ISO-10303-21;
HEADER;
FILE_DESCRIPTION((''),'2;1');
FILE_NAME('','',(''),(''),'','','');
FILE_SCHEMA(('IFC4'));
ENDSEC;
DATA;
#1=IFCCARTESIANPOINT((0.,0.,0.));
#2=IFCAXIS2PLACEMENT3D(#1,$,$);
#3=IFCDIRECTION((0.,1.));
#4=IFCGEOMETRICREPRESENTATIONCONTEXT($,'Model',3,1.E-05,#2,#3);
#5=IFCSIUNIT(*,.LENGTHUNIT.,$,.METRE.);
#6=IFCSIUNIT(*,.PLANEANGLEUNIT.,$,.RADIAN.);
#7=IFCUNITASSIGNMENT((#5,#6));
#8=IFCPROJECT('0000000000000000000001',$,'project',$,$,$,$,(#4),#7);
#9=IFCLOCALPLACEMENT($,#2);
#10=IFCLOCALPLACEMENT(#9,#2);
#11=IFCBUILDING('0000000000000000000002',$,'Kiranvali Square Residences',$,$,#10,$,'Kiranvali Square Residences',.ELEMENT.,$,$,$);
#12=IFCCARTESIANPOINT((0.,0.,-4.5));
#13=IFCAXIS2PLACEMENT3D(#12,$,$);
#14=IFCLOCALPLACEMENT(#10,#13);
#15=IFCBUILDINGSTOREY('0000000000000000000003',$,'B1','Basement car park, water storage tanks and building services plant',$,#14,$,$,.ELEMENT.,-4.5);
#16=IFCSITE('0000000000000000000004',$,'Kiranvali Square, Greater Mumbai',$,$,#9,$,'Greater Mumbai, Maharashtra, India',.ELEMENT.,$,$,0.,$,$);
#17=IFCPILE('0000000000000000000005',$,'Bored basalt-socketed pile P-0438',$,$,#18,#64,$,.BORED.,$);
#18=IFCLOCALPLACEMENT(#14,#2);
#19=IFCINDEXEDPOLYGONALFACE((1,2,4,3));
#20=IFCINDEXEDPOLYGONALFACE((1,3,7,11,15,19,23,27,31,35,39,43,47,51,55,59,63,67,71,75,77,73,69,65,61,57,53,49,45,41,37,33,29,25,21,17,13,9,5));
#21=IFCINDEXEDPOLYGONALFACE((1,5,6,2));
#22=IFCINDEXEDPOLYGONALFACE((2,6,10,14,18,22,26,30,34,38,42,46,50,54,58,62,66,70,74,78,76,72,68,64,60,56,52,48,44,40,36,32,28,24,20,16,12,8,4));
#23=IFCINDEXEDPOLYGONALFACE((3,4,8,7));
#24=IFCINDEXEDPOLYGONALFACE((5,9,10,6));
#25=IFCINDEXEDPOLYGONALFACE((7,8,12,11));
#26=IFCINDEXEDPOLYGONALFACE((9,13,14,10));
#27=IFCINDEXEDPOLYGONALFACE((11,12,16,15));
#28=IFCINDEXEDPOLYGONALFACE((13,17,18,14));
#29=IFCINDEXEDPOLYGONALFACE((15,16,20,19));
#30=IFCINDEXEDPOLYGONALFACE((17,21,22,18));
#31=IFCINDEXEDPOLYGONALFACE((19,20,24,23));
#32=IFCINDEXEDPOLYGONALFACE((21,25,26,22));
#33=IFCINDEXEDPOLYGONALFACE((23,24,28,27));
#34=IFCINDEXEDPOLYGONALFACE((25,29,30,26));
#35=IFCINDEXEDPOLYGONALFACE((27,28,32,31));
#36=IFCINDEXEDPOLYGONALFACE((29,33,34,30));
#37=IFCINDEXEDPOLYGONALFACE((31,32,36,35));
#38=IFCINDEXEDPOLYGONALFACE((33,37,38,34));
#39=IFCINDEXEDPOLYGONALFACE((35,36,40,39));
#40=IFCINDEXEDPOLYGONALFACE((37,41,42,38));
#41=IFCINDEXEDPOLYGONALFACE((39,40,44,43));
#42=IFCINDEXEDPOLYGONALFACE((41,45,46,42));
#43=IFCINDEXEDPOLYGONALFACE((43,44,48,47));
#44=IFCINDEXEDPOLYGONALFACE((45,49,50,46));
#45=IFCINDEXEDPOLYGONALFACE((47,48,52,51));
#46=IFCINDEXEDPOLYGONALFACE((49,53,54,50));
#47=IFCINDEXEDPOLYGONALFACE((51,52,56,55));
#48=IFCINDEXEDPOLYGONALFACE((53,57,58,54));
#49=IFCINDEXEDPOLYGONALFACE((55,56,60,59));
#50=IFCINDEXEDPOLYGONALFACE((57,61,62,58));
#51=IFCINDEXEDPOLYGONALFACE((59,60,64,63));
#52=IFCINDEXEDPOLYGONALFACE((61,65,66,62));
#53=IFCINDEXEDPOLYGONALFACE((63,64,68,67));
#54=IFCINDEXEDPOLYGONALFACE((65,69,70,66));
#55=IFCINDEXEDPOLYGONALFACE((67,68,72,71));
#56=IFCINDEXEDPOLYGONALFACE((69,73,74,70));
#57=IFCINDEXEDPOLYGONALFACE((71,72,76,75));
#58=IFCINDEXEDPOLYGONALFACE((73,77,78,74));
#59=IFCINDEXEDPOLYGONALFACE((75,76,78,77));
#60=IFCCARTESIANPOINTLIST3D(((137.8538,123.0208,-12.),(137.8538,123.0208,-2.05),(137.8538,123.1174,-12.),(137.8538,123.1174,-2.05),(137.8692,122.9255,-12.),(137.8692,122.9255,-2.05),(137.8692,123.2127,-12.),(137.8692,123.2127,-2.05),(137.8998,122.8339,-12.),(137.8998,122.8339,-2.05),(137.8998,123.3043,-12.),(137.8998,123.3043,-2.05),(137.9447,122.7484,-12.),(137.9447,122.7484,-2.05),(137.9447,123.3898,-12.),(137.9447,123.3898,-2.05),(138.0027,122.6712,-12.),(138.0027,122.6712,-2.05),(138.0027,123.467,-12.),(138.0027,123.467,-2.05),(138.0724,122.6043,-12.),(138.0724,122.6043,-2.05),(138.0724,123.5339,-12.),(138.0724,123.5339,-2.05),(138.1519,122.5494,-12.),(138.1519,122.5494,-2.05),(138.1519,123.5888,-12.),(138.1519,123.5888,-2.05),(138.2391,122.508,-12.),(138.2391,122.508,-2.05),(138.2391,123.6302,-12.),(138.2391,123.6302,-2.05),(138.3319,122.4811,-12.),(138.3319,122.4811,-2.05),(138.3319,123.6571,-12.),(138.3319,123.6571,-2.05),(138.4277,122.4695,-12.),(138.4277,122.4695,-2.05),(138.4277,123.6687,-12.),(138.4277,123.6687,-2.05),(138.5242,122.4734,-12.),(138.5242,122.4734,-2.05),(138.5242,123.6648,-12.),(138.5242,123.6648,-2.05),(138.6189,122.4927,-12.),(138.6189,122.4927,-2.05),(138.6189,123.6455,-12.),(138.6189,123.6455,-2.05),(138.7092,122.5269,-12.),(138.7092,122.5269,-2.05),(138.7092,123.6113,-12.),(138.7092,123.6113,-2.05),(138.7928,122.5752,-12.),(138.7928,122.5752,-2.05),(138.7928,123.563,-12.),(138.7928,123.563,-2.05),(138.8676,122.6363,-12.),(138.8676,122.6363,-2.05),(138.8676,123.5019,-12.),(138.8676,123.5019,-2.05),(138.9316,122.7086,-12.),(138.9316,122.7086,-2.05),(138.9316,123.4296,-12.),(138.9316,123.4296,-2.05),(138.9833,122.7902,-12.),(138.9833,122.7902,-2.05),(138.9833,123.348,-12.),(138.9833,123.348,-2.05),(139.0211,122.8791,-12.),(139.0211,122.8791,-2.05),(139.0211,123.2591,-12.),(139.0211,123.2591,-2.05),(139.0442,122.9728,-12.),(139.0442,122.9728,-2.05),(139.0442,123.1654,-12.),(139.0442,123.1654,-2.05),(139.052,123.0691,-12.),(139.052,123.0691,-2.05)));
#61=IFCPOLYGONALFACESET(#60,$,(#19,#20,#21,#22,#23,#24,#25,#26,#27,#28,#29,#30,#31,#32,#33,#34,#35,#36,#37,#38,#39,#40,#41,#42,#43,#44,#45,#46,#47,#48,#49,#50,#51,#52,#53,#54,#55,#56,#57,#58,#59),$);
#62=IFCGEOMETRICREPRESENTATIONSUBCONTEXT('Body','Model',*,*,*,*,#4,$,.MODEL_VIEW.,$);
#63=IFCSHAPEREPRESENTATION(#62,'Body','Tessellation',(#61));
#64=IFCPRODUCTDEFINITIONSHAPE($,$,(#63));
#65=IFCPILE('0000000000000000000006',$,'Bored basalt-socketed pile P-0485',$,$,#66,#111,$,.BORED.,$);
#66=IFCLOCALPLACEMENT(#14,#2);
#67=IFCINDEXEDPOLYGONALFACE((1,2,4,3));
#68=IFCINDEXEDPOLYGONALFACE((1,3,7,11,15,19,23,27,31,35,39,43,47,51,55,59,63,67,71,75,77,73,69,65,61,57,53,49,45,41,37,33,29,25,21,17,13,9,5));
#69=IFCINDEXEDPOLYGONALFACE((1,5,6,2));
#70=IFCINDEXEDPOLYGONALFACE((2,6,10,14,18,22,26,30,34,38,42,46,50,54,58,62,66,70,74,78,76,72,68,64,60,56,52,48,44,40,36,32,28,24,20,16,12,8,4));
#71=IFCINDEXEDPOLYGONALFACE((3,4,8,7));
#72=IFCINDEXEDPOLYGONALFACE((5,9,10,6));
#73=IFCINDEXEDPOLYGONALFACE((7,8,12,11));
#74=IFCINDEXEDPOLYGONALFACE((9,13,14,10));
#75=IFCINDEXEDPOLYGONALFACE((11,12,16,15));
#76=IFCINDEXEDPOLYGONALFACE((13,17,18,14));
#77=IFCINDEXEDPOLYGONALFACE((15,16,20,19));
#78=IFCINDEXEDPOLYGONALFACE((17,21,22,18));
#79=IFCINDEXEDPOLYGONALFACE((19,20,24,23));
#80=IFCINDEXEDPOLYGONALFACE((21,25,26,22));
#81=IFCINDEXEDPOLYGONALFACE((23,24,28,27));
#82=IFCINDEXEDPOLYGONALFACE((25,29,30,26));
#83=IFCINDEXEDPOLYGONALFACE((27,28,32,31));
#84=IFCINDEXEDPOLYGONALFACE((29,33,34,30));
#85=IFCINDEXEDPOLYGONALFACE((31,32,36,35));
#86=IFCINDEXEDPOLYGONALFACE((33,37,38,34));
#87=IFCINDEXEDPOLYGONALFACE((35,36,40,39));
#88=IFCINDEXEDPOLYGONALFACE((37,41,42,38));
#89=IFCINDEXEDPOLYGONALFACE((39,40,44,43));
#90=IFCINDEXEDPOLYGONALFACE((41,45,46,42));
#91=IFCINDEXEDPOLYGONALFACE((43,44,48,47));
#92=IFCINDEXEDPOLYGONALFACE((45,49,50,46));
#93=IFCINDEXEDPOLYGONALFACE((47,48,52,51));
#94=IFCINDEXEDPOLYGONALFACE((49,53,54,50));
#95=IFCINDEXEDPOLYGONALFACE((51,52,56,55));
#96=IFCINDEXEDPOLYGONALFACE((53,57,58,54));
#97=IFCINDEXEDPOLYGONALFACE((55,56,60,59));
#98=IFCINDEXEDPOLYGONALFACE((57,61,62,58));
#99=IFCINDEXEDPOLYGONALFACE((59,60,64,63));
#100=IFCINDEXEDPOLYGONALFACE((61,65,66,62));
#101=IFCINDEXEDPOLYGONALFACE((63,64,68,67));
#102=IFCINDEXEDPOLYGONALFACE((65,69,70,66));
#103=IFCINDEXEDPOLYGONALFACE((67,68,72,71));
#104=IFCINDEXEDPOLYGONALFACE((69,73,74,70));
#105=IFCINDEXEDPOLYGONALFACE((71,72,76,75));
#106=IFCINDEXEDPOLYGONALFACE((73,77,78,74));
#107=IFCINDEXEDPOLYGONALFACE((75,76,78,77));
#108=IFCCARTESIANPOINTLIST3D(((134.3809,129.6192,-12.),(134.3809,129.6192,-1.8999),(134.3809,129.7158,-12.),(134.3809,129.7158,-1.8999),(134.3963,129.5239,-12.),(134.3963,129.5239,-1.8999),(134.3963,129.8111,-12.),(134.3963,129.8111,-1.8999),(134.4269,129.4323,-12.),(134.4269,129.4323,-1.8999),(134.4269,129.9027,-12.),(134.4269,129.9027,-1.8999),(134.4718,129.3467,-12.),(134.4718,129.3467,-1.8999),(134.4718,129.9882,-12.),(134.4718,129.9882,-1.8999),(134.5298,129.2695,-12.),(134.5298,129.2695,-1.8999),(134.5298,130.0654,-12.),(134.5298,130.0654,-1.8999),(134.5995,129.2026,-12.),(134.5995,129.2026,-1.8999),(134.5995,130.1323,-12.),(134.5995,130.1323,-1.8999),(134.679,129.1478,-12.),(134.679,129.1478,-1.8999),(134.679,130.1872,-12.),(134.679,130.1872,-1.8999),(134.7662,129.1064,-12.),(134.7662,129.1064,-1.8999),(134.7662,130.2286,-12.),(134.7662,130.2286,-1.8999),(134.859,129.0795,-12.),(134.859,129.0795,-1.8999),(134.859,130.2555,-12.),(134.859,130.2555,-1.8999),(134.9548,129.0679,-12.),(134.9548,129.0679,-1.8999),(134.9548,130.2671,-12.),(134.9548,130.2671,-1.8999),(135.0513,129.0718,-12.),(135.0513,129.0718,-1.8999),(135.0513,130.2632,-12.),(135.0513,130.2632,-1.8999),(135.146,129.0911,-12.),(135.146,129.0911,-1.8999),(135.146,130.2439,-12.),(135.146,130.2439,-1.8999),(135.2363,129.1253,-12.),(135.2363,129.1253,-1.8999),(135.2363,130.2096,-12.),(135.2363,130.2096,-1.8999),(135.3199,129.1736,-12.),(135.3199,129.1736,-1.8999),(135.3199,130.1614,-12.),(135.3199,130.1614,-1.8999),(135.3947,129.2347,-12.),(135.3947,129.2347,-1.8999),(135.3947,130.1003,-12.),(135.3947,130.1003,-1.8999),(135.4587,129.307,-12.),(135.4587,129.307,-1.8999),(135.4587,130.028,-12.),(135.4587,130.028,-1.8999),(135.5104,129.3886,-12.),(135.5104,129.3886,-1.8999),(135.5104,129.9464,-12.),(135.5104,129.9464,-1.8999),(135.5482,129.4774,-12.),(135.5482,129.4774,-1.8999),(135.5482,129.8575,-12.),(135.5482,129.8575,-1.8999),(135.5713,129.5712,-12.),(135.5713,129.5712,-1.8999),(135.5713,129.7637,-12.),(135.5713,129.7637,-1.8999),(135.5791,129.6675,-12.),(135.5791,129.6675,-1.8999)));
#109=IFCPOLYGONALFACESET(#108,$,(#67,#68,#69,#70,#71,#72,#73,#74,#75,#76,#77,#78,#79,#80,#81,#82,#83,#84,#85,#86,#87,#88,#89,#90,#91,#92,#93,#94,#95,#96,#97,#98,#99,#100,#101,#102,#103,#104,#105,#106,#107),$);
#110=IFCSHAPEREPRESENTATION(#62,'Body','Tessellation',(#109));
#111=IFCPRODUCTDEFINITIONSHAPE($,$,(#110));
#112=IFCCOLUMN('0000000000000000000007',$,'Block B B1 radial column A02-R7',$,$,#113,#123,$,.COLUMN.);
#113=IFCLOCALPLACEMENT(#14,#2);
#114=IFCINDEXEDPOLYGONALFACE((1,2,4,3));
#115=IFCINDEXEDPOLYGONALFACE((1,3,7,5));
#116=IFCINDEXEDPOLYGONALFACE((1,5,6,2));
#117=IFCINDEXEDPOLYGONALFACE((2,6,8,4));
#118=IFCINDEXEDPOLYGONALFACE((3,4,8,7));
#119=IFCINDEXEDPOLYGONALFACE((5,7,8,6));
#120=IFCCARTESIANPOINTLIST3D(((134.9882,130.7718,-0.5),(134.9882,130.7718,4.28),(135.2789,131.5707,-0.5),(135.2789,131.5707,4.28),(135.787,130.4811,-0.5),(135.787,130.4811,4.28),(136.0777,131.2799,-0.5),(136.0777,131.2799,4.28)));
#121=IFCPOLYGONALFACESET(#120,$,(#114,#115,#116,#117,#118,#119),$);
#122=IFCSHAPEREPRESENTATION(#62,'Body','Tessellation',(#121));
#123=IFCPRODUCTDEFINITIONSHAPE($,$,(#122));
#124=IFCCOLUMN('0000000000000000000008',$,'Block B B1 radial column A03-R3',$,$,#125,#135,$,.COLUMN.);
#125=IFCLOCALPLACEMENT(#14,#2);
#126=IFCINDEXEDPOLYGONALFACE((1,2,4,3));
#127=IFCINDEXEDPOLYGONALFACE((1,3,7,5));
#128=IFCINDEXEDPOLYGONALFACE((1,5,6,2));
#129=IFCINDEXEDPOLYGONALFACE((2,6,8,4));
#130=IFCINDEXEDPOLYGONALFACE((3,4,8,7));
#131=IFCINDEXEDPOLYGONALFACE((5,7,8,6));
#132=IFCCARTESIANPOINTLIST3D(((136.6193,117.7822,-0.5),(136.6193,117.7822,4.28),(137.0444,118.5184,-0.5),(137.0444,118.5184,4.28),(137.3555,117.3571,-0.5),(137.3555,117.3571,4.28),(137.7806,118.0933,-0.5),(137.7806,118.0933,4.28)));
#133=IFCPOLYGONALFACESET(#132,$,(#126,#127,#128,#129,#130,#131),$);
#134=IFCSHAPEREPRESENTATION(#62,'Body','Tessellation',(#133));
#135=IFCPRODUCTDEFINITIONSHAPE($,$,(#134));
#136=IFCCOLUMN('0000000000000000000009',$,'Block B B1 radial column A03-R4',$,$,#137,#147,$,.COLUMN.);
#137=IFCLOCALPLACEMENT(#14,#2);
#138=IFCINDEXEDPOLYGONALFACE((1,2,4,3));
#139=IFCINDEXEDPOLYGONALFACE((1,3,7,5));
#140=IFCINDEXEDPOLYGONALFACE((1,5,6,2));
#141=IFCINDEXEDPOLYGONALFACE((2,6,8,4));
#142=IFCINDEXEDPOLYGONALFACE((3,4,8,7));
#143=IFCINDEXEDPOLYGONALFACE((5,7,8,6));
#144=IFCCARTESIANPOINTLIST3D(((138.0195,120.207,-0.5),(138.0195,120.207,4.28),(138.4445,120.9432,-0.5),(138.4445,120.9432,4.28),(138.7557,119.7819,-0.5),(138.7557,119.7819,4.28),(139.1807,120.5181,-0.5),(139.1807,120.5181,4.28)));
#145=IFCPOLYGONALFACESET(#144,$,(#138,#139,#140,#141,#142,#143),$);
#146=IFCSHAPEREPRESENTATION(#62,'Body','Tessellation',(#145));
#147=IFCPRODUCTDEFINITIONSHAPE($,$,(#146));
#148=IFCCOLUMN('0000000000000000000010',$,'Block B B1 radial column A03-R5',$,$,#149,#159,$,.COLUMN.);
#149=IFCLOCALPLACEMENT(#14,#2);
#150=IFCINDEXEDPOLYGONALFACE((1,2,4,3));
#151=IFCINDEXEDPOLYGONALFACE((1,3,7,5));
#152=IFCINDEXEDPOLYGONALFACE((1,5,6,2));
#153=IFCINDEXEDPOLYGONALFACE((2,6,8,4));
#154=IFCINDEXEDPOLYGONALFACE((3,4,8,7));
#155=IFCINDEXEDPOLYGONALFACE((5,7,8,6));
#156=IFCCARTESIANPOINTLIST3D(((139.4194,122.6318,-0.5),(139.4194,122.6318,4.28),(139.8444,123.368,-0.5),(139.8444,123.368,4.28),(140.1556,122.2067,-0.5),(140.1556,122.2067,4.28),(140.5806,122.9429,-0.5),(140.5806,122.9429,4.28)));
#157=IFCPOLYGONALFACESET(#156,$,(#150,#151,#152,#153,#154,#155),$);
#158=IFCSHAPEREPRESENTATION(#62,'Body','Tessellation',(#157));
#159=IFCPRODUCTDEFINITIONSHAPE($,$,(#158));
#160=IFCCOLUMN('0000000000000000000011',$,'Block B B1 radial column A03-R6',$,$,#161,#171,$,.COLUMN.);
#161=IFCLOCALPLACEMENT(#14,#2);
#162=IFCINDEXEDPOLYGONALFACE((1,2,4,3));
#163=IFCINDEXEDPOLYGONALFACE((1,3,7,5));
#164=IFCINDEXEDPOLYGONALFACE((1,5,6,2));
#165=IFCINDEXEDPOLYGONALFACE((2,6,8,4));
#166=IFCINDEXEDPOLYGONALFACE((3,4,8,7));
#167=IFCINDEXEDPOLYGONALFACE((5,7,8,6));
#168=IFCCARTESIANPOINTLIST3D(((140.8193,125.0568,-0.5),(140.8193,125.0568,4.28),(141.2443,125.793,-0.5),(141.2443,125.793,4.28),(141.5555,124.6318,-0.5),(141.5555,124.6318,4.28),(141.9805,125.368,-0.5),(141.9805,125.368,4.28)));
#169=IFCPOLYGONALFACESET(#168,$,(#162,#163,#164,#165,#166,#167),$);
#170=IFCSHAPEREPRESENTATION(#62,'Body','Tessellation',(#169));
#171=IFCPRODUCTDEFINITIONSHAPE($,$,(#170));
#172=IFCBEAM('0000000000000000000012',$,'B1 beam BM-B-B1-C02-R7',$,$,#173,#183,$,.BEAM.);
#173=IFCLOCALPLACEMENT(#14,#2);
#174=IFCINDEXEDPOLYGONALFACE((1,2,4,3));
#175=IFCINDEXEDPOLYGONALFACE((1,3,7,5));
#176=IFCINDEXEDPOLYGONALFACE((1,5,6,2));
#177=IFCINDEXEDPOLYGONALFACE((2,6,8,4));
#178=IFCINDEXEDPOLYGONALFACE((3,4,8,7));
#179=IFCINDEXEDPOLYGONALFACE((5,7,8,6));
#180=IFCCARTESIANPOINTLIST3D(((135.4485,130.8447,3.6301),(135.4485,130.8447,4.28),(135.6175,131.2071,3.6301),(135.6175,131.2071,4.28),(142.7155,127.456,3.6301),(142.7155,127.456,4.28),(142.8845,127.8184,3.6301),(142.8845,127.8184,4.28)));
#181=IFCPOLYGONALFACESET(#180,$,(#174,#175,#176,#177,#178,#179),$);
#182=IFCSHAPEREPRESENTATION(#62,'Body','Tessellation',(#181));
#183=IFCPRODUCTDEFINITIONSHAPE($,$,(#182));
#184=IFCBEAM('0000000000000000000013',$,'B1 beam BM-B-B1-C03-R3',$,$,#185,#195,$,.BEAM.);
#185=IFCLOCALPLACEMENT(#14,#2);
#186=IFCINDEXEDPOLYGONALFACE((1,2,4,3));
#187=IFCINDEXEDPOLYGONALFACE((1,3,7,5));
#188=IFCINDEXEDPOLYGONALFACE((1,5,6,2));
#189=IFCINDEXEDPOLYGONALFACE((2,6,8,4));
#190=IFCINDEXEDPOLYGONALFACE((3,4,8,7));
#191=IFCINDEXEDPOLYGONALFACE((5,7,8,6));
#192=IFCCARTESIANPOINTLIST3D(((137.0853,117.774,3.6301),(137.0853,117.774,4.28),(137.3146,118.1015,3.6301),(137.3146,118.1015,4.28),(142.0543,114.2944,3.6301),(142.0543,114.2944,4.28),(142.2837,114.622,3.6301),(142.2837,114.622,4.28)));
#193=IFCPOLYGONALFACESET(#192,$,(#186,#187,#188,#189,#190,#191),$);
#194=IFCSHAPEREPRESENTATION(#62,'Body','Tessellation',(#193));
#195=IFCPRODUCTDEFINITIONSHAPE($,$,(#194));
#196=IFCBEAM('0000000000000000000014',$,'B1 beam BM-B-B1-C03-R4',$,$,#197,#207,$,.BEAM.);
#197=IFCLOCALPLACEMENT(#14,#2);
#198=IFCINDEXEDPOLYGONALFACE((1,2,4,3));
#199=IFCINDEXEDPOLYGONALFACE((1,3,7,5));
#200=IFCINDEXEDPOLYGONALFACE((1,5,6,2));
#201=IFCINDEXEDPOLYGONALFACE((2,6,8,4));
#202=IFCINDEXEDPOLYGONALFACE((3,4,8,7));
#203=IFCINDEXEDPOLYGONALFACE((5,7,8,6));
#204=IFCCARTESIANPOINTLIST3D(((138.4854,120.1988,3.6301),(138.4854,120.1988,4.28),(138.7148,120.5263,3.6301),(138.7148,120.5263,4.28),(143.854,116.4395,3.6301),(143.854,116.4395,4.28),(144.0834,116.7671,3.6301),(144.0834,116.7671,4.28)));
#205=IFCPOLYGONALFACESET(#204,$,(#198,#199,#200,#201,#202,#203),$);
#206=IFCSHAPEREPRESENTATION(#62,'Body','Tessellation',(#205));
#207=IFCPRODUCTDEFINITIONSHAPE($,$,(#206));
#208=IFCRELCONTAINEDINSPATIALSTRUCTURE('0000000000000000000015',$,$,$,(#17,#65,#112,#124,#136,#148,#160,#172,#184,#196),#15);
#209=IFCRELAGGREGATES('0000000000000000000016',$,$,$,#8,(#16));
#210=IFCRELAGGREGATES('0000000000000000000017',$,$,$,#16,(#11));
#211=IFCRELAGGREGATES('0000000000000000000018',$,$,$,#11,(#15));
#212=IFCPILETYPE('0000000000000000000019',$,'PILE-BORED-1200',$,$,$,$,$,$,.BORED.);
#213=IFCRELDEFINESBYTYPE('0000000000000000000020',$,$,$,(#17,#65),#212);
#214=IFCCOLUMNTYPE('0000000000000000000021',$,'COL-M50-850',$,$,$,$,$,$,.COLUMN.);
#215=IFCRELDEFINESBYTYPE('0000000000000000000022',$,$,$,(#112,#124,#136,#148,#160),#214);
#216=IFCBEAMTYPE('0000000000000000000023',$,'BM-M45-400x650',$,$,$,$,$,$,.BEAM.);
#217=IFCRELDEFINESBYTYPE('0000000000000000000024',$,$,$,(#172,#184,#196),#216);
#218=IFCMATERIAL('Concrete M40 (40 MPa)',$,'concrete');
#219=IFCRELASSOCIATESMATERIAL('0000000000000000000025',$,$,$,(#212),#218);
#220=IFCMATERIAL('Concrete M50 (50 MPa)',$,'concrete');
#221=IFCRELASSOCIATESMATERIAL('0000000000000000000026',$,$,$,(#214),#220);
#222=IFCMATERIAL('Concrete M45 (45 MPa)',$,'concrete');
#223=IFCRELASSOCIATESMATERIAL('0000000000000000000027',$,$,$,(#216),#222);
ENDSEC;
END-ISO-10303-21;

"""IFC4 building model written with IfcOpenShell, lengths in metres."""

from ifc_helpers import new_model, si_unit, direction, frame, origin, origin_2d, place, context, subcontext, project, spatial, rectangle, circle, extrude, material, material_profile, profile_set, type_object, element, save


model = new_model("IFC4")

# Units and contexts
model_context = context("Model", 3, precision=1e-05, world=origin(), true_north=direction((0.0, 1.0)))
body_context = subcontext(model_context, "Body", "Model", "MODEL_VIEW")
ifc_project = project(units=[si_unit("LENGTHUNIT", "METRE"), si_unit("PLANEANGLEUNIT", "RADIAN")], contexts=[model_context])

# Site, building, storey
site_placement = place(None, origin())
site = spatial("IfcSite", under=ifc_project, at=site_placement, Name="Kiranvali Square, Greater Mumbai", LongName="Greater Mumbai, Maharashtra, India", CompositionType="ELEMENT", RefElevation=0.0)
building_placement = place(site_placement, origin())
building = spatial("IfcBuilding", under=site, at=building_placement, Name="Kiranvali Square Residences", LongName="Kiranvali Square Residences", CompositionType="ELEMENT")
storey_placement = place(building_placement, frame((0.0, 0.0, -4.5)))
storey = spatial("IfcBuildingStorey", under=building, at=storey_placement, Name="B1", Description="Basement car park, water storage tanks and building services plant", CompositionType="ELEMENT", Elevation=-4.5)

# Shared definitions
ifc_material_1 = material(Name="Concrete M40 (40 MPa)", Category="concrete")

# Piles
ifc_material_profile_1 = material_profile(ifc_material_1, circle(Radius=0.6001, at=origin_2d()), Name="BORED PILE 1200")
ifc_profile_set_1 = profile_set([ifc_material_profile_1], Name="Concrete M40 (40 MPa)")
pile_type = type_object("IfcPileType", Name="PILE-BORED-1200", PredefinedType="BORED", material=ifc_profile_set_1)
for number, where, z_axis, x_axis, name in (
    (1, (138.4519, 123.0691, -2.05), (0.0, 0.0, -1.0), (1.0, 0.0, 0.0), "Bored basalt-socketed pile P-0438"),
):
    element("IfcPile", number, at=place(storey_placement, frame(where, z_axis=z_axis, x_axis=x_axis)), inside=storey, type_object=pile_type, Name=name, PredefinedType="BORED", context=body_context, shape_type="SweptSolid", body=[
        extrude(circle(Radius=0.6001, at=origin_2d()), origin(), (0.0, 0.0, 1.0), 9.95),
    ])
pile_placement = place(storey_placement, frame((134.979, 129.6675, -1.8999), z_axis=(0.0, 0.0, -1.0), x_axis=(1.0, 0.0, 0.0)))
element("IfcPile", 2, at=pile_placement, inside=storey, type_object=pile_type, Name="Bored basalt-socketed pile P-0485", PredefinedType="BORED", context=body_context, shape_type="SweptSolid", body=[
    extrude(circle(Radius=0.6001, at=origin_2d()), origin(), (0.0, 0.0, 1.0), 10.1001),
])

# Columns
ifc_material_2 = material(Name="Concrete M50 (50 MPa)", Category="concrete")
ifc_material_profile_2 = material_profile(ifc_material_2, rectangle(XDim=0.8501, YDim=0.8501, at=origin_2d()), Name="RC 850x850")
ifc_profile_set_2 = profile_set([ifc_material_profile_2], Name="Concrete M50 (50 MPa)")
column_type = type_object("IfcColumnType", Name="COL-M50-850", PredefinedType="COLUMN", material=ifc_profile_set_2)
for number, where, z_axis, x_axis, name in (
    (3, (135.533, 131.0259, -0.5), (0.0, 0.0, 1.0), (-0.939693, 0.34202, 0.0), "Block B B1 radial column A02-R7"),
    (4, (137.2, 117.9377, -0.5), (0.0, 0.0, 1.0), (-0.866025, 0.5, 0.0), "Block B B1 radial column A03-R3"),
    (5, (138.6001, 120.3625, -0.5), (0.0, 0.0, 1.0), (-0.866025, 0.5, 0.0), "Block B B1 radial column A03-R4"),
    (6, (140.0, 122.7874, -0.5), (0.0, 0.0, 1.0), (-0.866025, 0.5, 0.0), "Block B B1 radial column A03-R5"),
    (7, (141.3999, 125.2124, -0.5), (0.0, 0.0, 1.0), (-0.866025, 0.5, 0.0), "Block B B1 radial column A03-R6"),
):
    element("IfcColumn", number, at=place(storey_placement, frame(where, z_axis=z_axis, x_axis=x_axis)), inside=storey, type_object=column_type, Name=name, PredefinedType="COLUMN", context=body_context, shape_type="SweptSolid", body=[
        extrude(rectangle(XDim=0.8501, YDim=0.8501, at=origin_2d()), origin(), (0.0, 0.0, 1.0), 4.78),
    ])

# Beams
ifc_material_3 = material(Name="Concrete M45 (45 MPa)", Category="concrete")
ifc_material_profile_3 = material_profile(ifc_material_3, rectangle(XDim=0.3999, YDim=0.6499, at=origin_2d()), Name="RC 400x650")
ifc_profile_set_3 = profile_set([ifc_material_profile_3], Name="Concrete M45 (45 MPa)")
beam_type = type_object("IfcBeamType", Name="BM-M45-400x650", PredefinedType="BEAM", material=ifc_profile_set_3)
beam_1_placement = place(storey_placement, frame((135.533, 131.0259, 3.9551), z_axis=(0.906309, -0.422615, 0.0), x_axis=(0.422615, 0.906309, 0.0)))
element("IfcBeam", 8, at=beam_1_placement, inside=storey, type_object=beam_type, Name="B1 beam BM-B-B1-C02-R7", PredefinedType="BEAM", context=body_context, shape_type="SweptSolid", body=[
    extrude(rectangle(XDim=0.3999, YDim=0.6499, at=origin_2d()), origin(), (0.0, 0.0, 1.0), 8.0183),
])
beam_2_placement = place(storey_placement, frame((137.2, 117.9377, 3.9551), z_axis=(0.819139, -0.573595, 0.0), x_axis=(0.573595, 0.819139, 0.0)))
element("IfcBeam", 9, at=beam_2_placement, inside=storey, type_object=beam_type, Name="B1 beam BM-B-B1-C03-R3", PredefinedType="BEAM", context=body_context, shape_type="SweptSolid", body=[
    extrude(rectangle(XDim=0.3999, YDim=0.6499, at=origin_2d()), origin(), (0.0, 0.0, 1.0), 6.0662),
])
beam_3_placement = place(storey_placement, frame((138.6001, 120.3625, 3.9551), z_axis=(0.819144, -0.573587, 0.0), x_axis=(0.573587, 0.819144, 0.0)))
element("IfcBeam", 10, at=beam_3_placement, inside=storey, type_object=beam_type, Name="B1 beam BM-B-B1-C03-R4", PredefinedType="BEAM", context=body_context, shape_type="SweptSolid", body=[
    extrude(rectangle(XDim=0.3999, YDim=0.6499, at=origin_2d()), origin(), (0.0, 0.0, 1.0), 6.554),
])

save(model, "model.ifc")
